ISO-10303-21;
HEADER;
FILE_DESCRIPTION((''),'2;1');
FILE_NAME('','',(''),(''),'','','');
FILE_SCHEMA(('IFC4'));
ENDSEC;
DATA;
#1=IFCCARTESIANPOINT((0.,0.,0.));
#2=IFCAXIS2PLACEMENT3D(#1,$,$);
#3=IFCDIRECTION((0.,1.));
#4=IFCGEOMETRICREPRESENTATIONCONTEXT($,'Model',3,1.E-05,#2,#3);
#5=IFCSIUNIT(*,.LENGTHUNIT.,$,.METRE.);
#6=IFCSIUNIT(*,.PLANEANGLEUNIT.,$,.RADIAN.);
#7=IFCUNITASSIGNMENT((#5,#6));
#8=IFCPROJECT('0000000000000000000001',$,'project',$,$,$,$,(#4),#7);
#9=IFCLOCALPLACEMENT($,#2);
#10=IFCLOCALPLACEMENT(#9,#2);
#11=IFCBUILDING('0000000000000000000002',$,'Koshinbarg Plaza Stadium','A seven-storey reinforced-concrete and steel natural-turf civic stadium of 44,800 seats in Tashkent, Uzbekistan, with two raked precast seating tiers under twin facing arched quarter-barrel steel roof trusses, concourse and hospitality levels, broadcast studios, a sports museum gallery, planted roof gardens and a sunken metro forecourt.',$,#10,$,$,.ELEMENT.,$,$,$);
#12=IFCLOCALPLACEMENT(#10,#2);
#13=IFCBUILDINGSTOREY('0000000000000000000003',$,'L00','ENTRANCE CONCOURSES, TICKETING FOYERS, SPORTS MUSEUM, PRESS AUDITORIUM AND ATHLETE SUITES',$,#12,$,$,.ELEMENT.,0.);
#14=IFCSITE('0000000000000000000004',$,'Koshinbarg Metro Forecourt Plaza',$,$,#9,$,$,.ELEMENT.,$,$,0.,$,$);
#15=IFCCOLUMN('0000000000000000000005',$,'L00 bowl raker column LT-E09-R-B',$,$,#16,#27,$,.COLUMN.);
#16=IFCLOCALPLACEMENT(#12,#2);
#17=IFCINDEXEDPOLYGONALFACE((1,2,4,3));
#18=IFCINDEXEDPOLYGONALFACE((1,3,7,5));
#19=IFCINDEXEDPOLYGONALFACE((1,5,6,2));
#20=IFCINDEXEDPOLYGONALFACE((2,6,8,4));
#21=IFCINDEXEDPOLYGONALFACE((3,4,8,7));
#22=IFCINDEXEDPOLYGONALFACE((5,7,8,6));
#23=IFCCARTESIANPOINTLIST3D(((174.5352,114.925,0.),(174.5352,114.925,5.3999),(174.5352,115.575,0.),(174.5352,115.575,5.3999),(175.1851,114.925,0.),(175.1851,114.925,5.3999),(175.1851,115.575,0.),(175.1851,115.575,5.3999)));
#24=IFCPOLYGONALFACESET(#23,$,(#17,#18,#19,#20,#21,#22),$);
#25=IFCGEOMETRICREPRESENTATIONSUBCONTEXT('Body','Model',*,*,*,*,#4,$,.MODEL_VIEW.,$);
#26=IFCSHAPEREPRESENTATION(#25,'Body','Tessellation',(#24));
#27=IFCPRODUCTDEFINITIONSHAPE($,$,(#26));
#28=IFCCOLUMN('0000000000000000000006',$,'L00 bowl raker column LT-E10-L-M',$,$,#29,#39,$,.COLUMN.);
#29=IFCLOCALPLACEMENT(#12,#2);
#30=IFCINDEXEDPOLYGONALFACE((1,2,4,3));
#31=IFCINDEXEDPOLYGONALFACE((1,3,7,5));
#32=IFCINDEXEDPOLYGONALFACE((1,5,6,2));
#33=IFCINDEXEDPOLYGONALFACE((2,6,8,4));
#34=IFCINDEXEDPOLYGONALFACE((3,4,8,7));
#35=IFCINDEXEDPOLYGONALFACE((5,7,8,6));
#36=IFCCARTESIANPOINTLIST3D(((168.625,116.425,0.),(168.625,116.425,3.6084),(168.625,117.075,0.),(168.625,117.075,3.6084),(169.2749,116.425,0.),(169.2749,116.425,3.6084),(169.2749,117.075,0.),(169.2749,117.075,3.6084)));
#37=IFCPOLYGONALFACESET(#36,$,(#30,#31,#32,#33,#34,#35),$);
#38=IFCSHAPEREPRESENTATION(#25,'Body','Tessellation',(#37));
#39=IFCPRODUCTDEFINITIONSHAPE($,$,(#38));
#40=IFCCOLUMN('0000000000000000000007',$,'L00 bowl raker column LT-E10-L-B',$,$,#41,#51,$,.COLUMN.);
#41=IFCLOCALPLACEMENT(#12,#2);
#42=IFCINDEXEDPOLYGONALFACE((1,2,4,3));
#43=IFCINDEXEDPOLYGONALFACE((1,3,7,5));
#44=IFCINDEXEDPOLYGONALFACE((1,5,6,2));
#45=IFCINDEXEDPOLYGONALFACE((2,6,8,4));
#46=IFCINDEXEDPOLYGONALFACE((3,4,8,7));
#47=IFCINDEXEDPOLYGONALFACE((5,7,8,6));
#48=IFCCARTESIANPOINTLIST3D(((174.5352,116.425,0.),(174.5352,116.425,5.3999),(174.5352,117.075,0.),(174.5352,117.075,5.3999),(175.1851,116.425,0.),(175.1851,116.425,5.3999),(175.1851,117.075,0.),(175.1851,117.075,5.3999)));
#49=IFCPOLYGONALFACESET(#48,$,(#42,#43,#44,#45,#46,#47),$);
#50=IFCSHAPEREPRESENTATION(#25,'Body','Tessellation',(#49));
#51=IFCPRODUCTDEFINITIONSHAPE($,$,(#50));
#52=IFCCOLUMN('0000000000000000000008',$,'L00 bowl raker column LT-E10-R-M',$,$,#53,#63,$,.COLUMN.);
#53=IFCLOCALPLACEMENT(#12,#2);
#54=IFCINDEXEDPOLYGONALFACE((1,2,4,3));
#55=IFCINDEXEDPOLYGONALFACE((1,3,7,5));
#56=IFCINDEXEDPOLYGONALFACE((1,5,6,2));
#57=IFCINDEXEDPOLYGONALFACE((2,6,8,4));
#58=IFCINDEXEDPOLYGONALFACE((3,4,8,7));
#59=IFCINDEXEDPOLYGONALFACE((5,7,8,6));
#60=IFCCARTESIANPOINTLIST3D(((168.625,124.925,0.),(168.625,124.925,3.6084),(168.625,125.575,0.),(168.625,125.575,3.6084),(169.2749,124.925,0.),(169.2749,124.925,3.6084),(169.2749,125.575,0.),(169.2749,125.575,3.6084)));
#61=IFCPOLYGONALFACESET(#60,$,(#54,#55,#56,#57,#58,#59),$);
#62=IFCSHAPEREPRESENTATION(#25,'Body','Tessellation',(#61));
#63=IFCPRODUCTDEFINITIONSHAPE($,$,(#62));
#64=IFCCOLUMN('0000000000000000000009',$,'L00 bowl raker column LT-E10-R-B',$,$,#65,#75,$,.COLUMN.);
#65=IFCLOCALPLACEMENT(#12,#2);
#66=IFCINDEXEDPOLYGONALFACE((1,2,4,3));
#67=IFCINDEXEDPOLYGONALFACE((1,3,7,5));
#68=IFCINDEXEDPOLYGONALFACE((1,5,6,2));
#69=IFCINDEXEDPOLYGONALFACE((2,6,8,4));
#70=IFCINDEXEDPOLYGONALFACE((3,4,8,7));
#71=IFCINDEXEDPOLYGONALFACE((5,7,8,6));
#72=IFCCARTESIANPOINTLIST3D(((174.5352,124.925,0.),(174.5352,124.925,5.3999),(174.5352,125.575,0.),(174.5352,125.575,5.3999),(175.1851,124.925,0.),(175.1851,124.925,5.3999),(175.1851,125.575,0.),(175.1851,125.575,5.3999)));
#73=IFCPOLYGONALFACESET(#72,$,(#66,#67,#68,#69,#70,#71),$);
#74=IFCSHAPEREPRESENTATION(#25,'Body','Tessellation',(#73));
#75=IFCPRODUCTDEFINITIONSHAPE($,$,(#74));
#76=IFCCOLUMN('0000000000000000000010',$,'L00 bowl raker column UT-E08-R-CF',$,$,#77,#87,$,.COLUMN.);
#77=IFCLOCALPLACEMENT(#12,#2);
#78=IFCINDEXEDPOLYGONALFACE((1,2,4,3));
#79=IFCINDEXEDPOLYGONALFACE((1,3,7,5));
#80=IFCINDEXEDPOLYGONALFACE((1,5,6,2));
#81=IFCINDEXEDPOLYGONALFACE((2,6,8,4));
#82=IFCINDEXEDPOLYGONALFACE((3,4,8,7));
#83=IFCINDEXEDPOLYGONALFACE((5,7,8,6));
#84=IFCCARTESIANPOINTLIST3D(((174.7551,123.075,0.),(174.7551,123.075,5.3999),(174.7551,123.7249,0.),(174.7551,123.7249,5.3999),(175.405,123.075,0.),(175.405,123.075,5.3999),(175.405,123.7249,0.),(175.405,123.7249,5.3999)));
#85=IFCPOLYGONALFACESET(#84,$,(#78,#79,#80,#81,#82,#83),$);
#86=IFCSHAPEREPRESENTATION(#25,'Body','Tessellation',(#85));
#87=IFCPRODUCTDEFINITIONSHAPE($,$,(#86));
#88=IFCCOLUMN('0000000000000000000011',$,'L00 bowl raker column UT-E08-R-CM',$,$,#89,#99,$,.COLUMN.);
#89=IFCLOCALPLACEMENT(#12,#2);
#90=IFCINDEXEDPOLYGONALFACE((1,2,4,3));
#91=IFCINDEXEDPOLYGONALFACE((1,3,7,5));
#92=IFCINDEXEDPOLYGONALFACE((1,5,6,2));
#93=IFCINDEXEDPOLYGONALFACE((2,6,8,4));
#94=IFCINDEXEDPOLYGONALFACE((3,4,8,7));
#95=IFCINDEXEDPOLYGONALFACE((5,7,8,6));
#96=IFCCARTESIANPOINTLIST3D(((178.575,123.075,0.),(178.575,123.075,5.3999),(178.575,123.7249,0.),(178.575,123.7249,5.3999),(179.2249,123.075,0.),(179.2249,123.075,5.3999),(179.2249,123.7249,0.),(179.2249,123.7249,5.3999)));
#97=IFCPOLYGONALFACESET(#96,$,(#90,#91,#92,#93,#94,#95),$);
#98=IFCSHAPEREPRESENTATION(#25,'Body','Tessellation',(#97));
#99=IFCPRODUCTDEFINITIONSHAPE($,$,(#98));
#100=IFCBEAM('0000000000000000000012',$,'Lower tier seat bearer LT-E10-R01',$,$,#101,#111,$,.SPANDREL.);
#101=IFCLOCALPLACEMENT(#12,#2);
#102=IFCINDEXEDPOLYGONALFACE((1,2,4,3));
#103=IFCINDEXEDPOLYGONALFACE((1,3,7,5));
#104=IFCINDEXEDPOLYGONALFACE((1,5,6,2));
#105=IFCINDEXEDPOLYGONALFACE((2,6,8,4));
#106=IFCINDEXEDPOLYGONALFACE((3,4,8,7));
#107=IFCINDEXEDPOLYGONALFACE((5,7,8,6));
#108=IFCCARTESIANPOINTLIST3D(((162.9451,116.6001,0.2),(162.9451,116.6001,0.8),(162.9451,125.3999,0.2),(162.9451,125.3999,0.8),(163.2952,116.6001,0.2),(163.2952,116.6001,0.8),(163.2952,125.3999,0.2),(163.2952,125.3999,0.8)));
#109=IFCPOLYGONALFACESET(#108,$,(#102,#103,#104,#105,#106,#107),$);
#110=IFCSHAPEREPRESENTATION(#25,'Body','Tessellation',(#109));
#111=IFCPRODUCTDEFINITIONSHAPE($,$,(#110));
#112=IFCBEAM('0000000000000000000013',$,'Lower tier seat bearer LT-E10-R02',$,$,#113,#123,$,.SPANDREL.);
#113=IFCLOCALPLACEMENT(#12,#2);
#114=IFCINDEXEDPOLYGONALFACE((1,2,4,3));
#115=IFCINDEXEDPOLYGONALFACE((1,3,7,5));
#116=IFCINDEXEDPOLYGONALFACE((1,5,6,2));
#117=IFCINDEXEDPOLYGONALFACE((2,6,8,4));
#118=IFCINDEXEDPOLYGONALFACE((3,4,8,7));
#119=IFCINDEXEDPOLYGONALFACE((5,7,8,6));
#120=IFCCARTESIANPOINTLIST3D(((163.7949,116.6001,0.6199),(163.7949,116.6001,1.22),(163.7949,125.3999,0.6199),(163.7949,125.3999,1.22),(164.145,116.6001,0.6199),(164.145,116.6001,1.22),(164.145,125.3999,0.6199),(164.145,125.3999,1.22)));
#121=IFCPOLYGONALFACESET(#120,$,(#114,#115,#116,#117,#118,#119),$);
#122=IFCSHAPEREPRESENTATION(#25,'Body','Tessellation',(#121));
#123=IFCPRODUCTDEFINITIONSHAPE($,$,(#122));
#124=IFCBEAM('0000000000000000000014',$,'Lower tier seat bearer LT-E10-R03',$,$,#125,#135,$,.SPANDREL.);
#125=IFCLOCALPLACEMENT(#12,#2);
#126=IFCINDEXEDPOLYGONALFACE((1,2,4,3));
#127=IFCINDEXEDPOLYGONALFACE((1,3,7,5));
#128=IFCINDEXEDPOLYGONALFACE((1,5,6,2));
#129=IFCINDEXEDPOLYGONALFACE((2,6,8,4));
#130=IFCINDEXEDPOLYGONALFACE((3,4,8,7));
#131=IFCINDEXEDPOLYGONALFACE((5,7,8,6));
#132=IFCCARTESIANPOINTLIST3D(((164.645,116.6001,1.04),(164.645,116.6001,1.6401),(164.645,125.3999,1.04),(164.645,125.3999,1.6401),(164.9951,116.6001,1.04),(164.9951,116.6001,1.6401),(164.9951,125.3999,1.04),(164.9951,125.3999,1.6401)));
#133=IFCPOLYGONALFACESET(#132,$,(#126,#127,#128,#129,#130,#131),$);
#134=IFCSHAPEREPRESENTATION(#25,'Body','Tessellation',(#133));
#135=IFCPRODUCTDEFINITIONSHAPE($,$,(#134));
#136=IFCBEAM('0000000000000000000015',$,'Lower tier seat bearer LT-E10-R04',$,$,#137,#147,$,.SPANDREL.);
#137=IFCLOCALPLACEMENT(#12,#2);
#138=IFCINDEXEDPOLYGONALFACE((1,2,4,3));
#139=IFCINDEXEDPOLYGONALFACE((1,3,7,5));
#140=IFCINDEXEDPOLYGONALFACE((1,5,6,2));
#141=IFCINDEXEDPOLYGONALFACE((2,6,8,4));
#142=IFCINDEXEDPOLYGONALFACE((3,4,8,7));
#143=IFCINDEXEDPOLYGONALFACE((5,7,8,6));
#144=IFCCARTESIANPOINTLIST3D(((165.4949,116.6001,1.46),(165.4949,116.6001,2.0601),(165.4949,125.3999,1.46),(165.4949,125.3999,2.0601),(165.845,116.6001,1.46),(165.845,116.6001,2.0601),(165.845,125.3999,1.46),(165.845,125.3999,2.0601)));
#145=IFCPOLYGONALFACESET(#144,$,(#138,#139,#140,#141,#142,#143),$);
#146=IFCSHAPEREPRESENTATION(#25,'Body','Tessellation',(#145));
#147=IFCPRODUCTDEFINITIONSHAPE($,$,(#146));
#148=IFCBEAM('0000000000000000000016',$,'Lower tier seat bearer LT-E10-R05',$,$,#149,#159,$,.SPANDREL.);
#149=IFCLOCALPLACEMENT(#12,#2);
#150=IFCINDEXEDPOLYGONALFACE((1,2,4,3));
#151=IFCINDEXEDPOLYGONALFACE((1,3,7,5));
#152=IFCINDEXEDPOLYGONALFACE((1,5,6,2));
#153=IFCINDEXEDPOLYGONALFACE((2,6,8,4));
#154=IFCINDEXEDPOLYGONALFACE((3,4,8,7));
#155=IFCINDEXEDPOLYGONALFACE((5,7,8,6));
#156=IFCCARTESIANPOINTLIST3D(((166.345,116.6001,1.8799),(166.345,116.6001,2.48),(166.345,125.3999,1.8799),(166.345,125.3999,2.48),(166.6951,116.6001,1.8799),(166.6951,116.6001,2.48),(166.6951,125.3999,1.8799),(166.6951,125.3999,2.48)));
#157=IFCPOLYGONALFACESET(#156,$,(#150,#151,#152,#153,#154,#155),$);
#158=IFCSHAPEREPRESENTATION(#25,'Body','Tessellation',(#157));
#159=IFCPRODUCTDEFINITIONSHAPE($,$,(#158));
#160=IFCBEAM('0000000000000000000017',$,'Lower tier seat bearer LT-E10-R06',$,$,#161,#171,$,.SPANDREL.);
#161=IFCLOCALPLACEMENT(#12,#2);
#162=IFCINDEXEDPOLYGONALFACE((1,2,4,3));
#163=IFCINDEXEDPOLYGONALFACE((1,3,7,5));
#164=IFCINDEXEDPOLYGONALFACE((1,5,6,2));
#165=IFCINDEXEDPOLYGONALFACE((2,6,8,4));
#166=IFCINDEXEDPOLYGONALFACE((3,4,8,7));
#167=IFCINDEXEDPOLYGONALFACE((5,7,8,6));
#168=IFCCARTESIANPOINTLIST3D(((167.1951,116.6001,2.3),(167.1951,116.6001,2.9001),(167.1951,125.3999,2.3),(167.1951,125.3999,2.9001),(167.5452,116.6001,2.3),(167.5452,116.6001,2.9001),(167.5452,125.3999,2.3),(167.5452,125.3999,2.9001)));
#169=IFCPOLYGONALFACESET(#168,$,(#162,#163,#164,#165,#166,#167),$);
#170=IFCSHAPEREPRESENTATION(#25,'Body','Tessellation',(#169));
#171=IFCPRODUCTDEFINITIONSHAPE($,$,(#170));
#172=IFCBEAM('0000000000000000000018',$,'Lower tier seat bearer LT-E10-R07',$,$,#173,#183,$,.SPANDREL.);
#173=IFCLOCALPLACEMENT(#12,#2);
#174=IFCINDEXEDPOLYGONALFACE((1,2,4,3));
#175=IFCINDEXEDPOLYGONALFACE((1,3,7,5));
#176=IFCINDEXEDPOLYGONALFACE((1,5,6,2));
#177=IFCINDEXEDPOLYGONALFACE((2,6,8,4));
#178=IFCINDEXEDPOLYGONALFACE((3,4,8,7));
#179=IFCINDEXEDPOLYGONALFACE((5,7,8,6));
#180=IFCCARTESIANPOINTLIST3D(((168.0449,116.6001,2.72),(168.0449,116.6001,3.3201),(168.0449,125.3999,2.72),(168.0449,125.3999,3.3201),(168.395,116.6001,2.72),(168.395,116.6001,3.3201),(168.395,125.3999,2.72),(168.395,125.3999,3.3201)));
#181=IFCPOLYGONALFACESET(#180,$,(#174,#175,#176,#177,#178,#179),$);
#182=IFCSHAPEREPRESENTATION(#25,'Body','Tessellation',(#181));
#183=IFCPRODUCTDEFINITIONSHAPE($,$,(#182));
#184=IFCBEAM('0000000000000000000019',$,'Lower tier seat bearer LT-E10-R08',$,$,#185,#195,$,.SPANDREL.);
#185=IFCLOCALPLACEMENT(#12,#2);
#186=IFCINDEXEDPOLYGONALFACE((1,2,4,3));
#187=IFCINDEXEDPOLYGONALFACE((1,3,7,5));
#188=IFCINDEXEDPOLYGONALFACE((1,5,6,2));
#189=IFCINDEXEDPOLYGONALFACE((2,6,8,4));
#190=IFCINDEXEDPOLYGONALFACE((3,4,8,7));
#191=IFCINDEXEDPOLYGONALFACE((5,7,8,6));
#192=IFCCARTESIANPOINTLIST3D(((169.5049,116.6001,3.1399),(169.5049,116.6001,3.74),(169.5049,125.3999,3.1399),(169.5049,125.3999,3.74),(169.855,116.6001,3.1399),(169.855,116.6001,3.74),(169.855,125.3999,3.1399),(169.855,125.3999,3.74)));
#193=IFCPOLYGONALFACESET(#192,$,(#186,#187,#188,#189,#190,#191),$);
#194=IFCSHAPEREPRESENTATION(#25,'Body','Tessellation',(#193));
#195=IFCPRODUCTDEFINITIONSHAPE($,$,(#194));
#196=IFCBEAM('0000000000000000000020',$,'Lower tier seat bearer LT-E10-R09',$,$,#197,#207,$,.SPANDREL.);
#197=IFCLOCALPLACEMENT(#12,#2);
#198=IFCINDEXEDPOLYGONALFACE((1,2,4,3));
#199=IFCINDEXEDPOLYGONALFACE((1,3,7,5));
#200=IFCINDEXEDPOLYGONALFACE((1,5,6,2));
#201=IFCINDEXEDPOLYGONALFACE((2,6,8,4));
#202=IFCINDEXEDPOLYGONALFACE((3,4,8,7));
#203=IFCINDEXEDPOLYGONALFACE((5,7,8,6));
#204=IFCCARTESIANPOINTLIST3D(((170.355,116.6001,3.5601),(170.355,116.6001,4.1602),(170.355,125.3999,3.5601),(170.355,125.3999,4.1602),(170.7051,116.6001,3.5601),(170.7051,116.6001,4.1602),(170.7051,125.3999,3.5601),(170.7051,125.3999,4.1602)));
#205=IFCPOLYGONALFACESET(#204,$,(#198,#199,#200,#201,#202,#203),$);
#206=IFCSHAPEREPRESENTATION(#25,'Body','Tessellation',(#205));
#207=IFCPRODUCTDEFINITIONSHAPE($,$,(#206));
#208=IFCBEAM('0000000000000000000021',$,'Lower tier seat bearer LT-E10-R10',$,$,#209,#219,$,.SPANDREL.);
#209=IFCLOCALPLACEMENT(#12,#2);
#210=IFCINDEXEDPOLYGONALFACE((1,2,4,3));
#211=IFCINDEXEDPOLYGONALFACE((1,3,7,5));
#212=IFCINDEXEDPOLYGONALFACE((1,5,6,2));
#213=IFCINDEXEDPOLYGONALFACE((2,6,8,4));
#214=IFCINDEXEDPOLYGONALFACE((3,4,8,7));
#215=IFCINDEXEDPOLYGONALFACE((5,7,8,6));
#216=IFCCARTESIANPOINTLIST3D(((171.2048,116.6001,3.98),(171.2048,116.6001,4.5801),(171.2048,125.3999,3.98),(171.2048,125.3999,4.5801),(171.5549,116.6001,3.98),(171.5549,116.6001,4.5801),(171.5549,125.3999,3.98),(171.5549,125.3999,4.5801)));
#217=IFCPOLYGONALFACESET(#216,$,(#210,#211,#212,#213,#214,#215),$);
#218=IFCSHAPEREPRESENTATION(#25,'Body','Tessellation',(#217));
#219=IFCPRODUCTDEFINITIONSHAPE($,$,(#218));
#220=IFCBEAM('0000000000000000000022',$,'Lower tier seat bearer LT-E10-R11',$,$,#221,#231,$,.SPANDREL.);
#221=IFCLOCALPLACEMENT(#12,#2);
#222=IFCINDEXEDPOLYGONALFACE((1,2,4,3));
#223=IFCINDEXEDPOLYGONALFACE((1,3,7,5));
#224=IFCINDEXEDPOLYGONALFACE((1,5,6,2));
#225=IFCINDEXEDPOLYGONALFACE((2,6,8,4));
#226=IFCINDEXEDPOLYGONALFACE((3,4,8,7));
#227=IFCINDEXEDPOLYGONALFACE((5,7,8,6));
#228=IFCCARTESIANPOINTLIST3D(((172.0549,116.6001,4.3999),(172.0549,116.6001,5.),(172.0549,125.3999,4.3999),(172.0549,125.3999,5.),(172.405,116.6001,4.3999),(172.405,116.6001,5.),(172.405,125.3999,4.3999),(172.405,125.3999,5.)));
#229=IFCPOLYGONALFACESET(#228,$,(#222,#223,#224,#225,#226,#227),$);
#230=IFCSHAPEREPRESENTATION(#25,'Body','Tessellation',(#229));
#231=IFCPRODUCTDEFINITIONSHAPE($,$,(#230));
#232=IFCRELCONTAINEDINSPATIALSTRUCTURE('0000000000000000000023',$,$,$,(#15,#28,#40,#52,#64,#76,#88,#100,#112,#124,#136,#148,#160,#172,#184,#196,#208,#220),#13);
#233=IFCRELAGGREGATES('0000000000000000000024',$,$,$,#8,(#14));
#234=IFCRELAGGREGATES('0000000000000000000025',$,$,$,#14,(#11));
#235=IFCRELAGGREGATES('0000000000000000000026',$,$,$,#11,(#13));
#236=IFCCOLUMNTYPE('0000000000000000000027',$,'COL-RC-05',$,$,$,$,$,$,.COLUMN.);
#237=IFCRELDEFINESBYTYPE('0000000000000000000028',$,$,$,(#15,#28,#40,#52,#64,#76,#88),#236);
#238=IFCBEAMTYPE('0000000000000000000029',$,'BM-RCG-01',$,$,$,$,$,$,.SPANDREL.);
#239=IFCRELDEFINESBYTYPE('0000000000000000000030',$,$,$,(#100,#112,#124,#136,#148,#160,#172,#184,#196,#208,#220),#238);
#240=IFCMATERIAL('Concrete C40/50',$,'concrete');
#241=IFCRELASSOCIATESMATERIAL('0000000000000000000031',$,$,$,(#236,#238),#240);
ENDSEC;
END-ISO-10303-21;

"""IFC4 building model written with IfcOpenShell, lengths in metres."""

from ifc_helpers import new_model, si_unit, direction, frame, origin, origin_2d, place, context, subcontext, project, spatial, rectangle, extrude, material, material_profile, profile_set, type_object, element, save


model = new_model("IFC4")

# Units and contexts
model_context = context("Model", 3, precision=1e-05, world=origin(), true_north=direction((0.0, 1.0)))
body_context = subcontext(model_context, "Body", "Model", "MODEL_VIEW")
ifc_project = project(units=[si_unit("LENGTHUNIT", "METRE"), si_unit("PLANEANGLEUNIT", "RADIAN")], contexts=[model_context])

# Site, building, storey
site_placement = place(None, origin())
site = spatial("IfcSite", under=ifc_project, at=site_placement, Name="Koshinbarg Metro Forecourt Plaza", CompositionType="ELEMENT", RefElevation=0.0)
building_placement = place(site_placement, origin())
building = spatial("IfcBuilding", under=site, at=building_placement, Name="Koshinbarg Plaza Stadium", Description="A seven-storey reinforced-concrete and steel natural-turf civic stadium of 44,800 seats in Tashkent, Uzbekistan, with two raked precast seating tiers under twin facing arched quarter-barrel steel roof trusses, concourse and hospitality levels, broadcast studios, a sports museum gallery, planted roof gardens and a sunken metro forecourt.", CompositionType="ELEMENT")
storey_placement = place(building_placement, origin())
storey = spatial("IfcBuildingStorey", under=building, at=storey_placement, Name="L00", Description="ENTRANCE CONCOURSES, TICKETING FOYERS, SPORTS MUSEUM, PRESS AUDITORIUM AND ATHLETE SUITES", CompositionType="ELEMENT", Elevation=0.0)

# Columns
ifc_material_1 = material(Name="Concrete C40/50", Category="concrete")
ifc_material_profile_1 = material_profile(ifc_material_1, rectangle(XDim=0.6499, YDim=0.6499, at=origin_2d()), Name="RC 650x650")
ifc_profile_set_1 = profile_set([ifc_material_profile_1], Name="Concrete C40/50")
column_type = type_object("IfcColumnType", Name="COL-RC-05", PredefinedType="COLUMN", material=ifc_profile_set_1)
column_1_placement = place(storey_placement, frame((174.8601, 115.25, 0.0), z_axis=(0.0, 0.0, 1.0), x_axis=(1.0, 0.0, 0.0)))
element("IfcColumn", 1, at=column_1_placement, inside=storey, type_object=column_type, Name="L00 bowl raker column LT-E09-R-B", PredefinedType="COLUMN", context=body_context, shape_type="SweptSolid", body=[
    extrude(rectangle(XDim=0.6499, YDim=0.6499, at=origin_2d()), origin(), (0.0, 0.0, 1.0), 5.3999),
])
column_2_placement = place(storey_placement, frame((168.95, 116.75, 0.0), z_axis=(0.0, 0.0, 1.0), x_axis=(1.0, 0.0, 0.0)))
element("IfcColumn", 2, at=column_2_placement, inside=storey, type_object=column_type, Name="L00 bowl raker column LT-E10-L-M", PredefinedType="COLUMN", context=body_context, shape_type="SweptSolid", body=[
    extrude(rectangle(XDim=0.6499, YDim=0.6499, at=origin_2d()), origin(), (0.0, 0.0, 1.0), 3.6084),
])
column_3_placement = place(storey_placement, frame((174.8601, 116.75, 0.0), z_axis=(0.0, 0.0, 1.0), x_axis=(1.0, 0.0, 0.0)))
element("IfcColumn", 3, at=column_3_placement, inside=storey, type_object=column_type, Name="L00 bowl raker column LT-E10-L-B", PredefinedType="COLUMN", context=body_context, shape_type="SweptSolid", body=[
    extrude(rectangle(XDim=0.6499, YDim=0.6499, at=origin_2d()), origin(), (0.0, 0.0, 1.0), 5.3999),
])
column_4_placement = place(storey_placement, frame((168.95, 125.25, 0.0), z_axis=(0.0, 0.0, 1.0), x_axis=(1.0, 0.0, 0.0)))
element("IfcColumn", 4, at=column_4_placement, inside=storey, type_object=column_type, Name="L00 bowl raker column LT-E10-R-M", PredefinedType="COLUMN", context=body_context, shape_type="SweptSolid", body=[
    extrude(rectangle(XDim=0.6499, YDim=0.6499, at=origin_2d()), origin(), (0.0, 0.0, 1.0), 3.6084),
])
for number, where, z_axis, x_axis, name in (
    (5, (174.8601, 125.25, 0.0), (0.0, 0.0, 1.0), (1.0, 0.0, 0.0), "L00 bowl raker column LT-E10-R-B"),
    (6, (175.0801, 123.3999, 0.0), (0.0, 0.0, 1.0), (1.0, 0.0, 0.0), "L00 bowl raker column UT-E08-R-CF"),
    (7, (178.8999, 123.3999, 0.0), (0.0, 0.0, 1.0), (1.0, 0.0, 0.0), "L00 bowl raker column UT-E08-R-CM"),
):
    element("IfcColumn", number, at=place(storey_placement, frame(where, z_axis=z_axis, x_axis=x_axis)), inside=storey, type_object=column_type, Name=name, PredefinedType="COLUMN", context=body_context, shape_type="SweptSolid", body=[
        extrude(rectangle(XDim=0.6499, YDim=0.6499, at=origin_2d()), origin(), (0.0, 0.0, 1.0), 5.3999),
    ])

# Beams
ifc_material_profile_2 = material_profile(ifc_material_1, rectangle(XDim=0.3501, YDim=0.6001, at=origin_2d()), Name="RC 350x600")
ifc_profile_set_2 = profile_set([ifc_material_profile_2], Name="Concrete C40/50")
beam_type = type_object("IfcBeamType", Name="BM-RCG-01", PredefinedType="SPANDREL", material=ifc_profile_set_2)
for number, where, z_axis, x_axis, name in (
    (8, (163.1201, 116.6001, 0.5), (0.0, 1.0, 0.0), (-1.0, 0.0, 0.0), "Lower tier seat bearer LT-E10-R01"),
    (9, (163.97, 116.6001, 0.9199), (0.0, 1.0, 0.0), (-1.0, 0.0, 0.0), "Lower tier seat bearer LT-E10-R02"),
    (10, (164.8201, 116.6001, 1.3401), (0.0, 1.0, 0.0), (-1.0, 0.0, 0.0), "Lower tier seat bearer LT-E10-R03"),
    (11, (165.6699, 116.6001, 1.76), (0.0, 1.0, 0.0), (-1.0, 0.0, 0.0), "Lower tier seat bearer LT-E10-R04"),
    (12, (166.52, 116.6001, 2.1799), (0.0, 1.0, 0.0), (-1.0, 0.0, 0.0), "Lower tier seat bearer LT-E10-R05"),
    (13, (167.3701, 116.6001, 2.6001), (0.0, 1.0, 0.0), (-1.0, 0.0, 0.0), "Lower tier seat bearer LT-E10-R06"),
    (14, (168.22, 116.6001, 3.02), (0.0, 1.0, 0.0), (-1.0, 0.0, 0.0), "Lower tier seat bearer LT-E10-R07"),
    (15, (169.6799, 116.6001, 3.4399), (0.0, 1.0, 0.0), (-1.0, 0.0, 0.0), "Lower tier seat bearer LT-E10-R08"),
    (16, (170.53, 116.6001, 3.8601), (0.0, 1.0, 0.0), (-1.0, 0.0, 0.0), "Lower tier seat bearer LT-E10-R09"),
    (17, (171.3799, 116.6001, 4.28), (0.0, 1.0, 0.0), (-1.0, 0.0, 0.0), "Lower tier seat bearer LT-E10-R10"),
    (18, (172.23, 116.6001, 4.7), (0.0, 1.0, 0.0), (-1.0, 0.0, 0.0), "Lower tier seat bearer LT-E10-R11"),
):
    element("IfcBeam", number, at=place(storey_placement, frame(where, z_axis=z_axis, x_axis=x_axis)), inside=storey, type_object=beam_type, Name=name, PredefinedType="SPANDREL", context=body_context, shape_type="SweptSolid", body=[
        extrude(rectangle(XDim=0.3501, YDim=0.6001, at=origin_2d()), origin(), (0.0, 0.0, 1.0), 8.7998),
    ])

save(model, "model.ifc")
